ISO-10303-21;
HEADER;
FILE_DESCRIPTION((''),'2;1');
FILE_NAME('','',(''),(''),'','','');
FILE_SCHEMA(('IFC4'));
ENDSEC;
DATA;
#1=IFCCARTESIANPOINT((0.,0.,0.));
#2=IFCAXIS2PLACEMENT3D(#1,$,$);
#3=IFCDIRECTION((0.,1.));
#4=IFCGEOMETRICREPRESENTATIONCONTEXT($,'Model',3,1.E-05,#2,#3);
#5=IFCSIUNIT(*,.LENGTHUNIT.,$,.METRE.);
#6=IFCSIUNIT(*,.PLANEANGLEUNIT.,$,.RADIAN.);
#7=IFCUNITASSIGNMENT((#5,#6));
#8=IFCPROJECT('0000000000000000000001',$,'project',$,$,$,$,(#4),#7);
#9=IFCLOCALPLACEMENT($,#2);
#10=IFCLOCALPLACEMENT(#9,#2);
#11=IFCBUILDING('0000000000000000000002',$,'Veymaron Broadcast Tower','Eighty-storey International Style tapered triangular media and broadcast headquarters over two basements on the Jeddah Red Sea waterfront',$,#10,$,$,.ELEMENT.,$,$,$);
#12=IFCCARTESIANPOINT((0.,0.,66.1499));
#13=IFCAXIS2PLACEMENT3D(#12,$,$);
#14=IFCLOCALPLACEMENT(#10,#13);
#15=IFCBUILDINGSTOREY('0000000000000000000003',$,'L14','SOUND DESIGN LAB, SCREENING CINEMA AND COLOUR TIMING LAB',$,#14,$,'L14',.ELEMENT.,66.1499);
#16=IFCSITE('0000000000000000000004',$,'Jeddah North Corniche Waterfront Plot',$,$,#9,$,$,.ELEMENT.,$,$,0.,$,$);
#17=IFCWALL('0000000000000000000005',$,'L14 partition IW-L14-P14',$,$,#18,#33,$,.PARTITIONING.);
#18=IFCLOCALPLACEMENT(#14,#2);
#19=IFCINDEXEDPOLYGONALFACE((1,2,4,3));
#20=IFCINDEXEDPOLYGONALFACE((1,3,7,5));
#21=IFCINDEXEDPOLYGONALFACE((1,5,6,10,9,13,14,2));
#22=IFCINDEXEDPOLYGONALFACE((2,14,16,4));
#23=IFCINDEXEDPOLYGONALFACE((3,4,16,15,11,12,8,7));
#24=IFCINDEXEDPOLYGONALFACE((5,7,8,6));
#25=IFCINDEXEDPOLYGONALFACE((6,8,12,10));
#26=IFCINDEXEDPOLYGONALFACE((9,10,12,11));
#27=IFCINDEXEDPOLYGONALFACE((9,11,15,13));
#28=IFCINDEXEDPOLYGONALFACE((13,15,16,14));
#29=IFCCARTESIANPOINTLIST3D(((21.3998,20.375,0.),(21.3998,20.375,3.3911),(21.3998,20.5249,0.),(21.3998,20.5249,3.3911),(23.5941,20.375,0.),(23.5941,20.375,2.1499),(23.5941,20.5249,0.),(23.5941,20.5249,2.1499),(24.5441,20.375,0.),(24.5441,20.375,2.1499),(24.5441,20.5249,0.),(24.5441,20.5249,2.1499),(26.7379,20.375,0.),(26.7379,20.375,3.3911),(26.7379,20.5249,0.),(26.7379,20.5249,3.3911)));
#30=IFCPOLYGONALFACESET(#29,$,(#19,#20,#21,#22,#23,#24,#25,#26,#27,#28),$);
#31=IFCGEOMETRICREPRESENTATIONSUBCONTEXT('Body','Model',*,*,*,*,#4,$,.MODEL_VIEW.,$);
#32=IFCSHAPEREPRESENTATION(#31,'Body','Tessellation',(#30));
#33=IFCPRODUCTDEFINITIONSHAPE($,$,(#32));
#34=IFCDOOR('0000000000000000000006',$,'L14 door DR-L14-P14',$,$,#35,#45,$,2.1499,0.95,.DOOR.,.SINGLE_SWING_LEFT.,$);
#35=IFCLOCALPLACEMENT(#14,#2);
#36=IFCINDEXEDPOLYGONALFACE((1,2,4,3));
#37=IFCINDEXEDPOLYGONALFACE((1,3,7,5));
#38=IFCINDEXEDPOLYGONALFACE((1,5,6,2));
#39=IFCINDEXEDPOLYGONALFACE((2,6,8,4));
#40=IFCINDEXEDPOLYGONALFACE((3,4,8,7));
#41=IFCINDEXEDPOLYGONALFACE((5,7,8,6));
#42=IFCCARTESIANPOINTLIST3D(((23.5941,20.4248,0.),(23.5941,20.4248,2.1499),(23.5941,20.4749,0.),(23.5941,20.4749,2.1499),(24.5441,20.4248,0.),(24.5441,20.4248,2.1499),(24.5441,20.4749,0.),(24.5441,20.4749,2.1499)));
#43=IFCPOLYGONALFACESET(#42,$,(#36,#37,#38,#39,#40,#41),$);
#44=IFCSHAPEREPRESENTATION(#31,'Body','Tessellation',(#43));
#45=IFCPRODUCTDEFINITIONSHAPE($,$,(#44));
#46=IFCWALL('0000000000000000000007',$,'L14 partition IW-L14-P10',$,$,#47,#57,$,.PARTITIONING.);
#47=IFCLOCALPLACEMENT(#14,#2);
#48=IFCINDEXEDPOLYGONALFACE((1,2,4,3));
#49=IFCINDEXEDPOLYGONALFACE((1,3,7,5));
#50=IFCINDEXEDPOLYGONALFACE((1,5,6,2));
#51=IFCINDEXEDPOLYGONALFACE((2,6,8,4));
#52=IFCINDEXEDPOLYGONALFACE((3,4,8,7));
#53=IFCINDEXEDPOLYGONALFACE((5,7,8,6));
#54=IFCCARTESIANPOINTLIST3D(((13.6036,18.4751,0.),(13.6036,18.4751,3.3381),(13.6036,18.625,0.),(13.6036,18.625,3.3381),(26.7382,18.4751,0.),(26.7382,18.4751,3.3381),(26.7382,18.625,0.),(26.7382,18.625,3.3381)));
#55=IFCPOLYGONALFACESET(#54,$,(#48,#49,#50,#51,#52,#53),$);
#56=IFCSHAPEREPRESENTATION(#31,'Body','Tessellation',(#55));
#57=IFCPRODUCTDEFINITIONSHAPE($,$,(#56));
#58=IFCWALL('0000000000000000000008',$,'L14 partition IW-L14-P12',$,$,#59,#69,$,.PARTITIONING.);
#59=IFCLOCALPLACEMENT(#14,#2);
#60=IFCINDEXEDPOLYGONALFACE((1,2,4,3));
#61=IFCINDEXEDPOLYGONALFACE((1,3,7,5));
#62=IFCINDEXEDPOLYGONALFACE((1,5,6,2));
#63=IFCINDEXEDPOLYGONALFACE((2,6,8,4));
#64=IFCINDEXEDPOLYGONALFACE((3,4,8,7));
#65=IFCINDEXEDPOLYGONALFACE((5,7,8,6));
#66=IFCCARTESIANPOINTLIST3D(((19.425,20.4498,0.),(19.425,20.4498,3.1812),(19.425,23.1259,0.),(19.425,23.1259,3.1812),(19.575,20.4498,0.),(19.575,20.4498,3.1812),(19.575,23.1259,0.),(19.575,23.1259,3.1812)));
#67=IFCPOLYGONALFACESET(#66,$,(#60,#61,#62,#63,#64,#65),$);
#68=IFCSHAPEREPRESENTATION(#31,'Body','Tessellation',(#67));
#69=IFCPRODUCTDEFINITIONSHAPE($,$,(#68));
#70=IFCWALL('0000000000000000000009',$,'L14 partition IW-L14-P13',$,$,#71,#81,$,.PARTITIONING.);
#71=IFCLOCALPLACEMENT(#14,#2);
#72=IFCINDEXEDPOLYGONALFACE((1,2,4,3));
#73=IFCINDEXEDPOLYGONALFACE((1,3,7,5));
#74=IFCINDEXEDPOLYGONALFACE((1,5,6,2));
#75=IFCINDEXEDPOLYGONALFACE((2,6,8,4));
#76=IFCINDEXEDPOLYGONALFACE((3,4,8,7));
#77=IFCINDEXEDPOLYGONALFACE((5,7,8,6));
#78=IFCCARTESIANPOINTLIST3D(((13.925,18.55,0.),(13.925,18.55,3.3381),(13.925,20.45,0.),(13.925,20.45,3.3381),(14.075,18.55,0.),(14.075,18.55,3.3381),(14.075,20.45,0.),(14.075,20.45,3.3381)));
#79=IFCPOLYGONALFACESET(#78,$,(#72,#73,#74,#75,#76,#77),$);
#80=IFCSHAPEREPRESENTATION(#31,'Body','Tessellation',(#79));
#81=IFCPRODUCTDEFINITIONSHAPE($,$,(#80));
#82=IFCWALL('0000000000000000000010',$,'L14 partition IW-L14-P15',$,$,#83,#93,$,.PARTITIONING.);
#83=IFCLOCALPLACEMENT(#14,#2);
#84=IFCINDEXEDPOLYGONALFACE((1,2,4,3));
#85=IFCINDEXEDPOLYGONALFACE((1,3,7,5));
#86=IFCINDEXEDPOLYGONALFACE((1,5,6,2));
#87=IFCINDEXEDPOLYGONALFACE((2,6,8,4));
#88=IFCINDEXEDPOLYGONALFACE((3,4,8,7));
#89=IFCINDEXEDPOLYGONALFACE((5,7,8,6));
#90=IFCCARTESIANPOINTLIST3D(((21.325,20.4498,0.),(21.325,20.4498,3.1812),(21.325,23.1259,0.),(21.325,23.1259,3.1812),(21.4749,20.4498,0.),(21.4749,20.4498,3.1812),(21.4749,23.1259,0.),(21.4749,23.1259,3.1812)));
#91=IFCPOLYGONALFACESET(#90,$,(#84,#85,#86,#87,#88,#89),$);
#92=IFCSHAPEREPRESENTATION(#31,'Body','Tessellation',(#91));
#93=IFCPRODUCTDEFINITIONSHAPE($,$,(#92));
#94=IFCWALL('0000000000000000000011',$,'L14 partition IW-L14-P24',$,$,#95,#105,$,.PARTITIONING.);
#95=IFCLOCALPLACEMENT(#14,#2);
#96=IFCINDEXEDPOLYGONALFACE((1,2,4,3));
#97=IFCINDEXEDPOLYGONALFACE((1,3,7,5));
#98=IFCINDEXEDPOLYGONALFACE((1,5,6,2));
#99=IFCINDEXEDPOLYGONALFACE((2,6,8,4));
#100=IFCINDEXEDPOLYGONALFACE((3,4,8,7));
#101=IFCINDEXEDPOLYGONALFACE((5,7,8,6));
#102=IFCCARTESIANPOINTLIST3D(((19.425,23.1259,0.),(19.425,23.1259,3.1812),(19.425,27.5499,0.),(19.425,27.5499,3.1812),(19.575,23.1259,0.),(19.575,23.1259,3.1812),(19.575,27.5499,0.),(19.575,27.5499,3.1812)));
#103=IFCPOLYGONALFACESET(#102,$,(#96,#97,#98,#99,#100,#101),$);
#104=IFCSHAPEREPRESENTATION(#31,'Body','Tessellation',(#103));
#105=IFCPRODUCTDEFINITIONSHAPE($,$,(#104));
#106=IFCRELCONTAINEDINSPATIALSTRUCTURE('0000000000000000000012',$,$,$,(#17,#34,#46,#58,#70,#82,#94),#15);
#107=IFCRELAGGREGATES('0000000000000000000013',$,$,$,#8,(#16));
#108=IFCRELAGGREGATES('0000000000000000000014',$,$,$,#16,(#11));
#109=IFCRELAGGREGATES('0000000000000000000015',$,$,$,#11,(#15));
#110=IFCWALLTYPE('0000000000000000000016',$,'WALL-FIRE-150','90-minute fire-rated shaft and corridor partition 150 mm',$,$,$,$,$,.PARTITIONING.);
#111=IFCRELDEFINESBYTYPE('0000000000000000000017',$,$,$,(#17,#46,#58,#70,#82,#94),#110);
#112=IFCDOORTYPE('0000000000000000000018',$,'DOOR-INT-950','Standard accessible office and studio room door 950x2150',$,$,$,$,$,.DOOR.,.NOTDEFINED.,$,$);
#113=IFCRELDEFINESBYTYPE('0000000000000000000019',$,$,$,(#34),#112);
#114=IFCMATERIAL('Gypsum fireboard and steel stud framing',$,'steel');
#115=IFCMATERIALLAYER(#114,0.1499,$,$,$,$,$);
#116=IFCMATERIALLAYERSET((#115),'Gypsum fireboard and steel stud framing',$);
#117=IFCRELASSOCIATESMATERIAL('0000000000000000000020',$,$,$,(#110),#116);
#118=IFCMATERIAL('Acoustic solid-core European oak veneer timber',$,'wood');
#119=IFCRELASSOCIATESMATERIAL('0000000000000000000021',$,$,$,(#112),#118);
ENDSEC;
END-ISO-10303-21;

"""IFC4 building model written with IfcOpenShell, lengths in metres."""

from ifc_helpers import new_model, si_unit, direction, frame, frame_2d, origin, place, context, subcontext, project, spatial, rectangle, extrude, material, layer, layer_set, type_object, element, fill, save


model = new_model("IFC4")

# Units and contexts
model_context = context("Model", 3, precision=1e-05, world=origin(), true_north=direction((0.0, 1.0)))
body_context = subcontext(model_context, "Body", "Model", "MODEL_VIEW")
ifc_project = project(units=[si_unit("LENGTHUNIT", "METRE"), si_unit("PLANEANGLEUNIT", "RADIAN")], contexts=[model_context])

# Site, building, storey
site_placement = place(None, origin())
site = spatial("IfcSite", under=ifc_project, at=site_placement, Name="Jeddah North Corniche Waterfront Plot", CompositionType="ELEMENT", RefElevation=0.0)
building_placement = place(site_placement, origin())
building = spatial("IfcBuilding", under=site, at=building_placement, Name="Veymaron Broadcast Tower", Description="Eighty-storey International Style tapered triangular media and broadcast headquarters over two basements on the Jeddah Red Sea waterfront", CompositionType="ELEMENT")
storey_placement = place(building_placement, frame((0.0, 0.0, 66.1499)))
storey = spatial("IfcBuildingStorey", under=building, at=storey_placement, Name="L14", Description="SOUND DESIGN LAB, SCREENING CINEMA AND COLOUR TIMING LAB", LongName="L14", CompositionType="ELEMENT", Elevation=66.1499)

# Wall, opening, door
ifc_material_1 = material(Name="Gypsum fireboard and steel stud framing", Category="steel")
ifc_layer_1 = layer(ifc_material_1, 0.1499)
ifc_layer_set_1 = layer_set([ifc_layer_1], Name="Gypsum fireboard and steel stud framing")
wall_type_1 = type_object("IfcWallType", Name="WALL-FIRE-150", Description="90-minute fire-rated shaft and corridor partition 150 mm", PredefinedType="PARTITIONING", material=ifc_layer_set_1)
ifc_material_2 = material(Name="Acoustic solid-core European oak veneer timber", Category="wood")
door_type = type_object("IfcDoorType", Name="DOOR-INT-950", Description="Standard accessible office and studio room door 950x2150", OperationType="NOTDEFINED", PredefinedType="DOOR", material=ifc_material_2)
wall_1_placement = place(storey_placement, frame((21.3999, 20.45, 0.0), z_axis=(0.0, 0.0, 1.0), x_axis=(1.0, 0.0, 0.0)))
wall_1 = element("IfcWall", 1, at=wall_1_placement, inside=storey, type_object=wall_type_1, Name="L14 partition IW-L14-P14", PredefinedType="PARTITIONING", context=body_context, shape_type="SweptSolid", body=[
    extrude(rectangle(XDim=5.3381, YDim=0.1499, at=frame_2d((2.6689, 0.0))), origin(), (0.0, 0.0, 1.0), 3.3911),
])
opening_1_placement = place(wall_1_placement, frame((2.1941, 0.0, 0.0)))
opening_1 = element("IfcOpeningElement", 2, at=opening_1_placement, cuts=wall_1, PredefinedType="OPENING", context=body_context, shape_type="SweptSolid", body=[
    extrude(rectangle(XDim=0.95, YDim=2.1499, at=frame_2d((0.4751, 1.075))), frame((0.0, 0.085, 0.0), z_axis=(0.0, -1.0, 0.0), x_axis=(1.0, 0.0, 0.0)), (0.0, 0.0, 1.0), 0.1699),
])
door_1_placement = place(opening_1_placement, origin())
door_1 = element("IfcDoor", 3, at=door_1_placement, inside=storey, type_object=door_type, Name="L14 door DR-L14-P14", OperationType="SINGLE_SWING_LEFT", OverallHeight=2.1499, OverallWidth=0.95, PredefinedType="DOOR", context=body_context, shape_type="SweptSolid", body=[
    extrude(rectangle(XDim=0.95, YDim=2.1499, at=frame_2d((0.4751, 1.075))), frame((0.0, 0.0249, 0.0), z_axis=(0.0, -1.0, 0.0), x_axis=(1.0, 0.0, 0.0)), (0.0, 0.0, 1.0), 0.05),
])
fill(opening_1, door_1)

# Walls
wall_2_placement = place(storey_placement, frame((13.6035, 18.55, 0.0), z_axis=(0.0, 0.0, 1.0), x_axis=(1.0, 0.0, 0.0)))
element("IfcWall", 4, at=wall_2_placement, inside=storey, type_object=wall_type_1, Name="L14 partition IW-L14-P10", PredefinedType="PARTITIONING", context=body_context, shape_type="SweptSolid", body=[
    extrude(rectangle(XDim=13.1345, YDim=0.1499, at=frame_2d((6.5674, 0.0))), origin(), (0.0, 0.0, 1.0), 3.3381),
])
wall_3_placement = place(storey_placement, frame((19.5, 20.45, 0.0), z_axis=(0.0, 0.0, 1.0), x_axis=(0.0, 1.0, 0.0)))
element("IfcWall", 5, at=wall_3_placement, inside=storey, type_object=wall_type_1, Name="L14 partition IW-L14-P12", PredefinedType="PARTITIONING", context=body_context, shape_type="SweptSolid", body=[
    extrude(rectangle(XDim=2.676, YDim=0.1499, at=frame_2d((1.3379, 0.0))), origin(), (0.0, 0.0, 1.0), 3.1812),
])
wall_4_placement = place(storey_placement, frame((14.0, 18.55, 0.0), z_axis=(0.0, 0.0, 1.0), x_axis=(0.0, 1.0, 0.0)))
element("IfcWall", 6, at=wall_4_placement, inside=storey, type_object=wall_type_1, Name="L14 partition IW-L14-P13", PredefinedType="PARTITIONING", context=body_context, shape_type="SweptSolid", body=[
    extrude(rectangle(XDim=1.8999, YDim=0.1499, at=frame_2d((0.95, 0.0))), origin(), (0.0, 0.0, 1.0), 3.3381),
])
wall_5_placement = place(storey_placement, frame((21.3999, 20.45, 0.0), z_axis=(0.0, 0.0, 1.0), x_axis=(0.0, 1.0, 0.0)))
element("IfcWall", 7, at=wall_5_placement, inside=storey, type_object=wall_type_1, Name="L14 partition IW-L14-P15", PredefinedType="PARTITIONING", context=body_context, shape_type="SweptSolid", body=[
    extrude(rectangle(XDim=2.676, YDim=0.1499, at=frame_2d((1.3379, 0.0))), origin(), (0.0, 0.0, 1.0), 3.1812),
])
wall_6_placement = place(storey_placement, frame((19.5, 23.126, 0.0), z_axis=(0.0, 0.0, 1.0), x_axis=(0.0, 1.0, 0.0)))
element("IfcWall", 8, at=wall_6_placement, inside=storey, type_object=wall_type_1, Name="L14 partition IW-L14-P24", PredefinedType="PARTITIONING", context=body_context, shape_type="SweptSolid", body=[
    extrude(rectangle(XDim=4.4241, YDim=0.1499, at=frame_2d((2.2119, 0.0))), origin(), (0.0, 0.0, 1.0), 3.1812),
])

save(model, "model.ifc")
